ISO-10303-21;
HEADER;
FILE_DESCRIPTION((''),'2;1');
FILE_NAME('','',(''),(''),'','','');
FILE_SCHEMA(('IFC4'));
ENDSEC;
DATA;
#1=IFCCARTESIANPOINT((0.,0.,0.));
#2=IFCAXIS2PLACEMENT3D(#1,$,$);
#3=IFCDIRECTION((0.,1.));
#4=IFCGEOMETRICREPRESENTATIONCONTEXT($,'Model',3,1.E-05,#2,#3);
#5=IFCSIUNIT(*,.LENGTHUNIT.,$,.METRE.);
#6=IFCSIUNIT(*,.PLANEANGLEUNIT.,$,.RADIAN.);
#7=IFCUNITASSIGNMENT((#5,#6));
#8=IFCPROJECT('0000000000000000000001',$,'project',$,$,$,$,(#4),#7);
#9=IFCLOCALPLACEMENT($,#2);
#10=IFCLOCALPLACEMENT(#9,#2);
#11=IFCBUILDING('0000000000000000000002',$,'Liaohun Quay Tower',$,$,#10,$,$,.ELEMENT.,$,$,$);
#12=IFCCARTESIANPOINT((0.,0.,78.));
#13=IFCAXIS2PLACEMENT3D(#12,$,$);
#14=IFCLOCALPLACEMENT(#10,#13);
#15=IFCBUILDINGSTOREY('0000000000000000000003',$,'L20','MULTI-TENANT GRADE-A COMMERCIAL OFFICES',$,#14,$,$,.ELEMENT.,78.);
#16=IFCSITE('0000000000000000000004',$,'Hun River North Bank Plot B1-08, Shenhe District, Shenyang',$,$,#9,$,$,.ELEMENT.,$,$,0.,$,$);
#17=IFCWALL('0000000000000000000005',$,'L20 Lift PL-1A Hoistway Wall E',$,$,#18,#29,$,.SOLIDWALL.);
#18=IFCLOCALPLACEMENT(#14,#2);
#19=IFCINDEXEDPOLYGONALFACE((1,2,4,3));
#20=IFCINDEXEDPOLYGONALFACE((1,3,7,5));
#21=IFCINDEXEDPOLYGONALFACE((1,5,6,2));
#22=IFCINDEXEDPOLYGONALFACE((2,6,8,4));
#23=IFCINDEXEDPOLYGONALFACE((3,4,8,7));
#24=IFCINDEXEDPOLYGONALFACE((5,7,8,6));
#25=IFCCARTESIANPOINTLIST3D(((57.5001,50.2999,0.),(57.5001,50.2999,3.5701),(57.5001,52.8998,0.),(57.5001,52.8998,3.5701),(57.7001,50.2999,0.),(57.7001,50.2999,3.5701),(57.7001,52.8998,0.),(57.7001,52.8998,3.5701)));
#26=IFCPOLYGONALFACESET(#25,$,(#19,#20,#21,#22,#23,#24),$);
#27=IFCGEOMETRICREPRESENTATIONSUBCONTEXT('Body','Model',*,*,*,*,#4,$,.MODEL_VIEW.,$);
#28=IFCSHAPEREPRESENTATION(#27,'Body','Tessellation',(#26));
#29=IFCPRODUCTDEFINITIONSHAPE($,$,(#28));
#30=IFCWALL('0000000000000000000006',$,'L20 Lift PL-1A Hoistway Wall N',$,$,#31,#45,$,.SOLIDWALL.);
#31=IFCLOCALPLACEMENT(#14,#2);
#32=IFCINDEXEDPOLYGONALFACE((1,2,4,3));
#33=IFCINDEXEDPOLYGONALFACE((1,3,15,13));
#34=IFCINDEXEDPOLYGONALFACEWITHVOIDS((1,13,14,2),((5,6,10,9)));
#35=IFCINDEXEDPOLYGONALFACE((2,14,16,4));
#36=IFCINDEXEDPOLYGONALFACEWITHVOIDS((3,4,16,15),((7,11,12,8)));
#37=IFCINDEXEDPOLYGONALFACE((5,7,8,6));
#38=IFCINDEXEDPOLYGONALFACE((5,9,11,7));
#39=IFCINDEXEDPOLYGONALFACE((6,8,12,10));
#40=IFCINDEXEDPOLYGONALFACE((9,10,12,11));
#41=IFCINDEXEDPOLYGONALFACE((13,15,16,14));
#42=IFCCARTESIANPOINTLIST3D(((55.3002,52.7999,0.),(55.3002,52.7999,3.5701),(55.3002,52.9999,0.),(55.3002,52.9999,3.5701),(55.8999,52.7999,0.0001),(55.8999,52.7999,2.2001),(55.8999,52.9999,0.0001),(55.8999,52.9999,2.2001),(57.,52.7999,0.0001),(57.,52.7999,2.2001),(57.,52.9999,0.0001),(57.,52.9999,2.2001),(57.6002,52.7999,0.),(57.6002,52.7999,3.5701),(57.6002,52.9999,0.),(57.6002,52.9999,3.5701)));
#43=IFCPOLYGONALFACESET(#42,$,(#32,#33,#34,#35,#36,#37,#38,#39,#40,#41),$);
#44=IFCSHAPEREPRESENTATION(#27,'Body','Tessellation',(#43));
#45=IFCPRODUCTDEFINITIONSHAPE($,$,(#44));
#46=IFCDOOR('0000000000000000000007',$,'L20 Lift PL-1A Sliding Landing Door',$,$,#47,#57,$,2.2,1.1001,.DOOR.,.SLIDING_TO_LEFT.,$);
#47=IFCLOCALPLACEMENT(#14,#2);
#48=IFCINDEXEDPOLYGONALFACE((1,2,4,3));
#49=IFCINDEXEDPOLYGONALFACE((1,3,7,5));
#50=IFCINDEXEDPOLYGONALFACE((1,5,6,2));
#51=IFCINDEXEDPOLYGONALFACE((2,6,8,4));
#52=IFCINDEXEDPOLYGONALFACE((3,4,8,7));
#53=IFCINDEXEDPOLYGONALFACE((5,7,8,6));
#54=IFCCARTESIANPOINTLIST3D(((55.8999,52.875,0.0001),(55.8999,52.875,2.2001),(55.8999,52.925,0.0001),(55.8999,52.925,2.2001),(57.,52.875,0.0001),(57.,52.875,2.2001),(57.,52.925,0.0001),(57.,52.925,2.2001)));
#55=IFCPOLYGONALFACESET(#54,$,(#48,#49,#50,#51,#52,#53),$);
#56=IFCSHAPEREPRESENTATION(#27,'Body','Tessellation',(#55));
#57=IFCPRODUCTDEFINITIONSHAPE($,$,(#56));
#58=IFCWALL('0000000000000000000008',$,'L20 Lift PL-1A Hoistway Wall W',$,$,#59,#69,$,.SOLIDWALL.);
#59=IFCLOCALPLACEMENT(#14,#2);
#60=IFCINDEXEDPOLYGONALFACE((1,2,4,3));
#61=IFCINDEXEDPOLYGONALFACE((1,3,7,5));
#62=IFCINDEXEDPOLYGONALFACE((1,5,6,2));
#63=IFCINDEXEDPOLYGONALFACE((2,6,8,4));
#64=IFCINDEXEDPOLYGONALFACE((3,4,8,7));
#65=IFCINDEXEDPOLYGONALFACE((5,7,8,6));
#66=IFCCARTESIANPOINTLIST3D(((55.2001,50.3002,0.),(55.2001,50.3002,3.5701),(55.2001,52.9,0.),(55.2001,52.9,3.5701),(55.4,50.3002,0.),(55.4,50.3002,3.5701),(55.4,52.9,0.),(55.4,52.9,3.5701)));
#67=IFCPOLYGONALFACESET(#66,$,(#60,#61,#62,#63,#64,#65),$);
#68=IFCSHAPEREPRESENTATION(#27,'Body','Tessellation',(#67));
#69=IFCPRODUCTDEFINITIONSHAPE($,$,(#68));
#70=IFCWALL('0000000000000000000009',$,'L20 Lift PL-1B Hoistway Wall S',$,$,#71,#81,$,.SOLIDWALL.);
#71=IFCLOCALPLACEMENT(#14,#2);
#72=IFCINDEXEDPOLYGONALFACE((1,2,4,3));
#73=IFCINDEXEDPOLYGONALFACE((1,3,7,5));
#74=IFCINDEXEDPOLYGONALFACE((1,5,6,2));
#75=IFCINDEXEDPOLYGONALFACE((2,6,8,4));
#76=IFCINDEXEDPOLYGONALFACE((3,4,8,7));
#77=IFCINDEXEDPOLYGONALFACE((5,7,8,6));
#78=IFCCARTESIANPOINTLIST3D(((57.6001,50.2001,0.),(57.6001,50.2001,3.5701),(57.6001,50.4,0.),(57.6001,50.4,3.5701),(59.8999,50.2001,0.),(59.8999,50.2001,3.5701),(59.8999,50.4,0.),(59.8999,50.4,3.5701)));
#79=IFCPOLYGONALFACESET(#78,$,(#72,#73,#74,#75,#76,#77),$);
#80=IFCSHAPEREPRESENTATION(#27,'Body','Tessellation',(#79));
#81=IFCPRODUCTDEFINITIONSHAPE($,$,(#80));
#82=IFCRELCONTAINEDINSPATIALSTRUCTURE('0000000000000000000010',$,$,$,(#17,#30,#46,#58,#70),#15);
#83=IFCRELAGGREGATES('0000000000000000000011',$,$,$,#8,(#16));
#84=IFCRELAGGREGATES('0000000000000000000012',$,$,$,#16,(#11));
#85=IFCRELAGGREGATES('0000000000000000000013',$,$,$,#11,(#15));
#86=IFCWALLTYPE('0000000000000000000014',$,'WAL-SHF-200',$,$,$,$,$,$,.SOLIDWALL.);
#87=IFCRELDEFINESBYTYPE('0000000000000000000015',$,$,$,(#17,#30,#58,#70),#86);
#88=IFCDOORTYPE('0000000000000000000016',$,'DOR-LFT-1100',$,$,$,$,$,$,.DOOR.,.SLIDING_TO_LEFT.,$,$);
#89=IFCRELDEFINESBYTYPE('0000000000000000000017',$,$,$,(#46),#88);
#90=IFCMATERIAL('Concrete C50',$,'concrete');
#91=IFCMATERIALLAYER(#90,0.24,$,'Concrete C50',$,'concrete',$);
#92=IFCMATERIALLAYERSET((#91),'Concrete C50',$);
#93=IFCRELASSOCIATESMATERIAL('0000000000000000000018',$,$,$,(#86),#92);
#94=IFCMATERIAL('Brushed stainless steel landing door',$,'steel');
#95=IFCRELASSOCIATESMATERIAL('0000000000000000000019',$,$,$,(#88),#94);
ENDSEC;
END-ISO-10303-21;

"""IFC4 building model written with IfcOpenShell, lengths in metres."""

from ifc_helpers import new_model, si_unit, direction, frame, frame_2d, origin, place, context, subcontext, project, spatial, rectangle, extrude, source, transform, mapped, material, layer, layer_set, type_object, element, fill, save


model = new_model("IFC4")

# Units and contexts
model_context = context("Model", 3, precision=1e-05, world=origin(), true_north=direction((0.0, 1.0)))
body_context = subcontext(model_context, "Body", "Model", "MODEL_VIEW")
ifc_project = project(units=[si_unit("LENGTHUNIT", "METRE"), si_unit("PLANEANGLEUNIT", "RADIAN")], contexts=[model_context])

# Site, building, storey
site_placement = place(None, origin())
site = spatial("IfcSite", under=ifc_project, at=site_placement, Name="Hun River North Bank Plot B1-08, Shenhe District, Shenyang", CompositionType="ELEMENT", RefElevation=0.0)
building_placement = place(site_placement, origin())
building = spatial("IfcBuilding", under=site, at=building_placement, Name="Liaohun Quay Tower", CompositionType="ELEMENT")
storey_placement = place(building_placement, frame((0.0, 0.0, 78.0)))
storey = spatial("IfcBuildingStorey", under=building, at=storey_placement, Name="L20", Description="MULTI-TENANT GRADE-A COMMERCIAL OFFICES", CompositionType="ELEMENT", Elevation=78.0)

# Shared definitions
ifc_material_1 = material(Name="Concrete C50", Category="concrete")

# Shared definitions
ifc_layer_1 = layer(ifc_material_1, 0.24, Name="Concrete C50", Category="concrete")
ifc_layer_set_1 = layer_set([ifc_layer_1], Name="Concrete C50")
wall_type_1 = type_object("IfcWallType", Name="WAL-SHF-200", PredefinedType="SOLIDWALL", material=ifc_layer_set_1)

# Wall
wall_1_placement = place(storey_placement, frame((57.6001, 50.3, 0.0), z_axis=(0.0, 0.0, 1.0), x_axis=(0.0, 1.0, 0.0)))
element("IfcWall", 1, at=wall_1_placement, inside=storey, type_object=wall_type_1, Name="L20 Lift PL-1A Hoistway Wall E", PredefinedType="SOLIDWALL", context=body_context, shape_type="SweptSolid", body=[
    extrude(rectangle(XDim=2.5999, YDim=0.2, at=frame_2d((1.2998, 0.0))), origin(), (0.0, 0.0, 1.0), 3.5701),
])

# Wall, opening, door
wall_2_placement = place(storey_placement, frame((57.6001, 52.8999, 0.0), z_axis=(0.0, 0.0, 1.0), x_axis=(-1.0, 0.0, 0.0)))
wall_2 = element("IfcWall", 2, at=wall_2_placement, inside=storey, type_object=wall_type_1, Name="L20 Lift PL-1A Hoistway Wall N", PredefinedType="SOLIDWALL", context=body_context, shape_type="SweptSolid", body=[
    extrude(rectangle(XDim=2.3, YDim=0.2, at=frame_2d((1.1499, 0.0))), origin(), (0.0, 0.0, 1.0), 3.5701),
])
shared_shape_1 = source(origin(), body_context, "Body", "SweptSolid", [
    extrude(rectangle(XDim=1.1001, YDim=2.2, at=frame_2d((0.55, 1.1001))), frame((0.0, 0.1099, 0.0), z_axis=(0.0, -1.0, 0.0), x_axis=(1.0, 0.0, 0.0)), (0.0, 0.0, 1.0), 0.22),
])
opening_1_placement = place(wall_2_placement, frame((0.6001, 0.0, 0.0)))
opening_1 = element("IfcOpeningElement", 3, at=opening_1_placement, cuts=wall_2, PredefinedType="OPENING", context=body_context, shape_type="MappedRepresentation", body=[
    mapped(shared_shape_1, transform((0.0, 0.0, 0.0), x_axis=(1.0, 0.0, 0.0), y_axis=(0.0, 1.0, 0.0), z_axis=(0.0, 0.0, 1.0), scale=1.0)),
])
ifc_material_2 = material(Name="Brushed stainless steel landing door", Category="steel")
door_type_1 = type_object("IfcDoorType", Name="DOR-LFT-1100", OperationType="SLIDING_TO_LEFT", PredefinedType="DOOR", material=ifc_material_2)
shared_shape_2 = source(origin(), body_context, "Body", "SweptSolid", [
    extrude(rectangle(XDim=1.1001, YDim=2.2, at=frame_2d((0.55, 1.1001))), frame((0.0, 0.0249, 0.0), z_axis=(0.0, -1.0, 0.0), x_axis=(1.0, 0.0, 0.0)), (0.0, 0.0, 1.0), 0.05),
])
door_1_placement = place(opening_1_placement, origin())
door_1 = element("IfcDoor", 4, at=door_1_placement, inside=storey, type_object=door_type_1, Name="L20 Lift PL-1A Sliding Landing Door", OperationType="SLIDING_TO_LEFT", OverallHeight=2.2, OverallWidth=1.1001, PredefinedType="DOOR", context=body_context, shape_type="MappedRepresentation", body=[
    mapped(shared_shape_2, transform((0.0, 0.0, 0.0), x_axis=(1.0, 0.0, 0.0), y_axis=(0.0, 1.0, 0.0), z_axis=(0.0, 0.0, 1.0), scale=1.0)),
])
fill(opening_1, door_1)

# Walls
wall_3_placement = place(storey_placement, frame((55.3, 52.8999, 0.0), z_axis=(0.0, 0.0, 1.0), x_axis=(0.0, -1.0, 0.0)))
element("IfcWall", 5, at=wall_3_placement, inside=storey, type_object=wall_type_1, Name="L20 Lift PL-1A Hoistway Wall W", PredefinedType="SOLIDWALL", context=body_context, shape_type="SweptSolid", body=[
    extrude(rectangle(XDim=2.5999, YDim=0.2, at=frame_2d((1.2998, 0.0))), origin(), (0.0, 0.0, 1.0), 3.5701),
])
wall_4_placement = place(storey_placement, frame((57.6001, 50.3, 0.0), z_axis=(0.0, 0.0, 1.0), x_axis=(1.0, 0.0, 0.0)))
element("IfcWall", 6, at=wall_4_placement, inside=storey, type_object=wall_type_1, Name="L20 Lift PL-1B Hoistway Wall S", PredefinedType="SOLIDWALL", context=body_context, shape_type="SweptSolid", body=[
    extrude(rectangle(XDim=2.2998, YDim=0.2, at=frame_2d((1.1499, 0.0))), origin(), (0.0, 0.0, 1.0), 3.5701),
])

save(model, "model.ifc")
